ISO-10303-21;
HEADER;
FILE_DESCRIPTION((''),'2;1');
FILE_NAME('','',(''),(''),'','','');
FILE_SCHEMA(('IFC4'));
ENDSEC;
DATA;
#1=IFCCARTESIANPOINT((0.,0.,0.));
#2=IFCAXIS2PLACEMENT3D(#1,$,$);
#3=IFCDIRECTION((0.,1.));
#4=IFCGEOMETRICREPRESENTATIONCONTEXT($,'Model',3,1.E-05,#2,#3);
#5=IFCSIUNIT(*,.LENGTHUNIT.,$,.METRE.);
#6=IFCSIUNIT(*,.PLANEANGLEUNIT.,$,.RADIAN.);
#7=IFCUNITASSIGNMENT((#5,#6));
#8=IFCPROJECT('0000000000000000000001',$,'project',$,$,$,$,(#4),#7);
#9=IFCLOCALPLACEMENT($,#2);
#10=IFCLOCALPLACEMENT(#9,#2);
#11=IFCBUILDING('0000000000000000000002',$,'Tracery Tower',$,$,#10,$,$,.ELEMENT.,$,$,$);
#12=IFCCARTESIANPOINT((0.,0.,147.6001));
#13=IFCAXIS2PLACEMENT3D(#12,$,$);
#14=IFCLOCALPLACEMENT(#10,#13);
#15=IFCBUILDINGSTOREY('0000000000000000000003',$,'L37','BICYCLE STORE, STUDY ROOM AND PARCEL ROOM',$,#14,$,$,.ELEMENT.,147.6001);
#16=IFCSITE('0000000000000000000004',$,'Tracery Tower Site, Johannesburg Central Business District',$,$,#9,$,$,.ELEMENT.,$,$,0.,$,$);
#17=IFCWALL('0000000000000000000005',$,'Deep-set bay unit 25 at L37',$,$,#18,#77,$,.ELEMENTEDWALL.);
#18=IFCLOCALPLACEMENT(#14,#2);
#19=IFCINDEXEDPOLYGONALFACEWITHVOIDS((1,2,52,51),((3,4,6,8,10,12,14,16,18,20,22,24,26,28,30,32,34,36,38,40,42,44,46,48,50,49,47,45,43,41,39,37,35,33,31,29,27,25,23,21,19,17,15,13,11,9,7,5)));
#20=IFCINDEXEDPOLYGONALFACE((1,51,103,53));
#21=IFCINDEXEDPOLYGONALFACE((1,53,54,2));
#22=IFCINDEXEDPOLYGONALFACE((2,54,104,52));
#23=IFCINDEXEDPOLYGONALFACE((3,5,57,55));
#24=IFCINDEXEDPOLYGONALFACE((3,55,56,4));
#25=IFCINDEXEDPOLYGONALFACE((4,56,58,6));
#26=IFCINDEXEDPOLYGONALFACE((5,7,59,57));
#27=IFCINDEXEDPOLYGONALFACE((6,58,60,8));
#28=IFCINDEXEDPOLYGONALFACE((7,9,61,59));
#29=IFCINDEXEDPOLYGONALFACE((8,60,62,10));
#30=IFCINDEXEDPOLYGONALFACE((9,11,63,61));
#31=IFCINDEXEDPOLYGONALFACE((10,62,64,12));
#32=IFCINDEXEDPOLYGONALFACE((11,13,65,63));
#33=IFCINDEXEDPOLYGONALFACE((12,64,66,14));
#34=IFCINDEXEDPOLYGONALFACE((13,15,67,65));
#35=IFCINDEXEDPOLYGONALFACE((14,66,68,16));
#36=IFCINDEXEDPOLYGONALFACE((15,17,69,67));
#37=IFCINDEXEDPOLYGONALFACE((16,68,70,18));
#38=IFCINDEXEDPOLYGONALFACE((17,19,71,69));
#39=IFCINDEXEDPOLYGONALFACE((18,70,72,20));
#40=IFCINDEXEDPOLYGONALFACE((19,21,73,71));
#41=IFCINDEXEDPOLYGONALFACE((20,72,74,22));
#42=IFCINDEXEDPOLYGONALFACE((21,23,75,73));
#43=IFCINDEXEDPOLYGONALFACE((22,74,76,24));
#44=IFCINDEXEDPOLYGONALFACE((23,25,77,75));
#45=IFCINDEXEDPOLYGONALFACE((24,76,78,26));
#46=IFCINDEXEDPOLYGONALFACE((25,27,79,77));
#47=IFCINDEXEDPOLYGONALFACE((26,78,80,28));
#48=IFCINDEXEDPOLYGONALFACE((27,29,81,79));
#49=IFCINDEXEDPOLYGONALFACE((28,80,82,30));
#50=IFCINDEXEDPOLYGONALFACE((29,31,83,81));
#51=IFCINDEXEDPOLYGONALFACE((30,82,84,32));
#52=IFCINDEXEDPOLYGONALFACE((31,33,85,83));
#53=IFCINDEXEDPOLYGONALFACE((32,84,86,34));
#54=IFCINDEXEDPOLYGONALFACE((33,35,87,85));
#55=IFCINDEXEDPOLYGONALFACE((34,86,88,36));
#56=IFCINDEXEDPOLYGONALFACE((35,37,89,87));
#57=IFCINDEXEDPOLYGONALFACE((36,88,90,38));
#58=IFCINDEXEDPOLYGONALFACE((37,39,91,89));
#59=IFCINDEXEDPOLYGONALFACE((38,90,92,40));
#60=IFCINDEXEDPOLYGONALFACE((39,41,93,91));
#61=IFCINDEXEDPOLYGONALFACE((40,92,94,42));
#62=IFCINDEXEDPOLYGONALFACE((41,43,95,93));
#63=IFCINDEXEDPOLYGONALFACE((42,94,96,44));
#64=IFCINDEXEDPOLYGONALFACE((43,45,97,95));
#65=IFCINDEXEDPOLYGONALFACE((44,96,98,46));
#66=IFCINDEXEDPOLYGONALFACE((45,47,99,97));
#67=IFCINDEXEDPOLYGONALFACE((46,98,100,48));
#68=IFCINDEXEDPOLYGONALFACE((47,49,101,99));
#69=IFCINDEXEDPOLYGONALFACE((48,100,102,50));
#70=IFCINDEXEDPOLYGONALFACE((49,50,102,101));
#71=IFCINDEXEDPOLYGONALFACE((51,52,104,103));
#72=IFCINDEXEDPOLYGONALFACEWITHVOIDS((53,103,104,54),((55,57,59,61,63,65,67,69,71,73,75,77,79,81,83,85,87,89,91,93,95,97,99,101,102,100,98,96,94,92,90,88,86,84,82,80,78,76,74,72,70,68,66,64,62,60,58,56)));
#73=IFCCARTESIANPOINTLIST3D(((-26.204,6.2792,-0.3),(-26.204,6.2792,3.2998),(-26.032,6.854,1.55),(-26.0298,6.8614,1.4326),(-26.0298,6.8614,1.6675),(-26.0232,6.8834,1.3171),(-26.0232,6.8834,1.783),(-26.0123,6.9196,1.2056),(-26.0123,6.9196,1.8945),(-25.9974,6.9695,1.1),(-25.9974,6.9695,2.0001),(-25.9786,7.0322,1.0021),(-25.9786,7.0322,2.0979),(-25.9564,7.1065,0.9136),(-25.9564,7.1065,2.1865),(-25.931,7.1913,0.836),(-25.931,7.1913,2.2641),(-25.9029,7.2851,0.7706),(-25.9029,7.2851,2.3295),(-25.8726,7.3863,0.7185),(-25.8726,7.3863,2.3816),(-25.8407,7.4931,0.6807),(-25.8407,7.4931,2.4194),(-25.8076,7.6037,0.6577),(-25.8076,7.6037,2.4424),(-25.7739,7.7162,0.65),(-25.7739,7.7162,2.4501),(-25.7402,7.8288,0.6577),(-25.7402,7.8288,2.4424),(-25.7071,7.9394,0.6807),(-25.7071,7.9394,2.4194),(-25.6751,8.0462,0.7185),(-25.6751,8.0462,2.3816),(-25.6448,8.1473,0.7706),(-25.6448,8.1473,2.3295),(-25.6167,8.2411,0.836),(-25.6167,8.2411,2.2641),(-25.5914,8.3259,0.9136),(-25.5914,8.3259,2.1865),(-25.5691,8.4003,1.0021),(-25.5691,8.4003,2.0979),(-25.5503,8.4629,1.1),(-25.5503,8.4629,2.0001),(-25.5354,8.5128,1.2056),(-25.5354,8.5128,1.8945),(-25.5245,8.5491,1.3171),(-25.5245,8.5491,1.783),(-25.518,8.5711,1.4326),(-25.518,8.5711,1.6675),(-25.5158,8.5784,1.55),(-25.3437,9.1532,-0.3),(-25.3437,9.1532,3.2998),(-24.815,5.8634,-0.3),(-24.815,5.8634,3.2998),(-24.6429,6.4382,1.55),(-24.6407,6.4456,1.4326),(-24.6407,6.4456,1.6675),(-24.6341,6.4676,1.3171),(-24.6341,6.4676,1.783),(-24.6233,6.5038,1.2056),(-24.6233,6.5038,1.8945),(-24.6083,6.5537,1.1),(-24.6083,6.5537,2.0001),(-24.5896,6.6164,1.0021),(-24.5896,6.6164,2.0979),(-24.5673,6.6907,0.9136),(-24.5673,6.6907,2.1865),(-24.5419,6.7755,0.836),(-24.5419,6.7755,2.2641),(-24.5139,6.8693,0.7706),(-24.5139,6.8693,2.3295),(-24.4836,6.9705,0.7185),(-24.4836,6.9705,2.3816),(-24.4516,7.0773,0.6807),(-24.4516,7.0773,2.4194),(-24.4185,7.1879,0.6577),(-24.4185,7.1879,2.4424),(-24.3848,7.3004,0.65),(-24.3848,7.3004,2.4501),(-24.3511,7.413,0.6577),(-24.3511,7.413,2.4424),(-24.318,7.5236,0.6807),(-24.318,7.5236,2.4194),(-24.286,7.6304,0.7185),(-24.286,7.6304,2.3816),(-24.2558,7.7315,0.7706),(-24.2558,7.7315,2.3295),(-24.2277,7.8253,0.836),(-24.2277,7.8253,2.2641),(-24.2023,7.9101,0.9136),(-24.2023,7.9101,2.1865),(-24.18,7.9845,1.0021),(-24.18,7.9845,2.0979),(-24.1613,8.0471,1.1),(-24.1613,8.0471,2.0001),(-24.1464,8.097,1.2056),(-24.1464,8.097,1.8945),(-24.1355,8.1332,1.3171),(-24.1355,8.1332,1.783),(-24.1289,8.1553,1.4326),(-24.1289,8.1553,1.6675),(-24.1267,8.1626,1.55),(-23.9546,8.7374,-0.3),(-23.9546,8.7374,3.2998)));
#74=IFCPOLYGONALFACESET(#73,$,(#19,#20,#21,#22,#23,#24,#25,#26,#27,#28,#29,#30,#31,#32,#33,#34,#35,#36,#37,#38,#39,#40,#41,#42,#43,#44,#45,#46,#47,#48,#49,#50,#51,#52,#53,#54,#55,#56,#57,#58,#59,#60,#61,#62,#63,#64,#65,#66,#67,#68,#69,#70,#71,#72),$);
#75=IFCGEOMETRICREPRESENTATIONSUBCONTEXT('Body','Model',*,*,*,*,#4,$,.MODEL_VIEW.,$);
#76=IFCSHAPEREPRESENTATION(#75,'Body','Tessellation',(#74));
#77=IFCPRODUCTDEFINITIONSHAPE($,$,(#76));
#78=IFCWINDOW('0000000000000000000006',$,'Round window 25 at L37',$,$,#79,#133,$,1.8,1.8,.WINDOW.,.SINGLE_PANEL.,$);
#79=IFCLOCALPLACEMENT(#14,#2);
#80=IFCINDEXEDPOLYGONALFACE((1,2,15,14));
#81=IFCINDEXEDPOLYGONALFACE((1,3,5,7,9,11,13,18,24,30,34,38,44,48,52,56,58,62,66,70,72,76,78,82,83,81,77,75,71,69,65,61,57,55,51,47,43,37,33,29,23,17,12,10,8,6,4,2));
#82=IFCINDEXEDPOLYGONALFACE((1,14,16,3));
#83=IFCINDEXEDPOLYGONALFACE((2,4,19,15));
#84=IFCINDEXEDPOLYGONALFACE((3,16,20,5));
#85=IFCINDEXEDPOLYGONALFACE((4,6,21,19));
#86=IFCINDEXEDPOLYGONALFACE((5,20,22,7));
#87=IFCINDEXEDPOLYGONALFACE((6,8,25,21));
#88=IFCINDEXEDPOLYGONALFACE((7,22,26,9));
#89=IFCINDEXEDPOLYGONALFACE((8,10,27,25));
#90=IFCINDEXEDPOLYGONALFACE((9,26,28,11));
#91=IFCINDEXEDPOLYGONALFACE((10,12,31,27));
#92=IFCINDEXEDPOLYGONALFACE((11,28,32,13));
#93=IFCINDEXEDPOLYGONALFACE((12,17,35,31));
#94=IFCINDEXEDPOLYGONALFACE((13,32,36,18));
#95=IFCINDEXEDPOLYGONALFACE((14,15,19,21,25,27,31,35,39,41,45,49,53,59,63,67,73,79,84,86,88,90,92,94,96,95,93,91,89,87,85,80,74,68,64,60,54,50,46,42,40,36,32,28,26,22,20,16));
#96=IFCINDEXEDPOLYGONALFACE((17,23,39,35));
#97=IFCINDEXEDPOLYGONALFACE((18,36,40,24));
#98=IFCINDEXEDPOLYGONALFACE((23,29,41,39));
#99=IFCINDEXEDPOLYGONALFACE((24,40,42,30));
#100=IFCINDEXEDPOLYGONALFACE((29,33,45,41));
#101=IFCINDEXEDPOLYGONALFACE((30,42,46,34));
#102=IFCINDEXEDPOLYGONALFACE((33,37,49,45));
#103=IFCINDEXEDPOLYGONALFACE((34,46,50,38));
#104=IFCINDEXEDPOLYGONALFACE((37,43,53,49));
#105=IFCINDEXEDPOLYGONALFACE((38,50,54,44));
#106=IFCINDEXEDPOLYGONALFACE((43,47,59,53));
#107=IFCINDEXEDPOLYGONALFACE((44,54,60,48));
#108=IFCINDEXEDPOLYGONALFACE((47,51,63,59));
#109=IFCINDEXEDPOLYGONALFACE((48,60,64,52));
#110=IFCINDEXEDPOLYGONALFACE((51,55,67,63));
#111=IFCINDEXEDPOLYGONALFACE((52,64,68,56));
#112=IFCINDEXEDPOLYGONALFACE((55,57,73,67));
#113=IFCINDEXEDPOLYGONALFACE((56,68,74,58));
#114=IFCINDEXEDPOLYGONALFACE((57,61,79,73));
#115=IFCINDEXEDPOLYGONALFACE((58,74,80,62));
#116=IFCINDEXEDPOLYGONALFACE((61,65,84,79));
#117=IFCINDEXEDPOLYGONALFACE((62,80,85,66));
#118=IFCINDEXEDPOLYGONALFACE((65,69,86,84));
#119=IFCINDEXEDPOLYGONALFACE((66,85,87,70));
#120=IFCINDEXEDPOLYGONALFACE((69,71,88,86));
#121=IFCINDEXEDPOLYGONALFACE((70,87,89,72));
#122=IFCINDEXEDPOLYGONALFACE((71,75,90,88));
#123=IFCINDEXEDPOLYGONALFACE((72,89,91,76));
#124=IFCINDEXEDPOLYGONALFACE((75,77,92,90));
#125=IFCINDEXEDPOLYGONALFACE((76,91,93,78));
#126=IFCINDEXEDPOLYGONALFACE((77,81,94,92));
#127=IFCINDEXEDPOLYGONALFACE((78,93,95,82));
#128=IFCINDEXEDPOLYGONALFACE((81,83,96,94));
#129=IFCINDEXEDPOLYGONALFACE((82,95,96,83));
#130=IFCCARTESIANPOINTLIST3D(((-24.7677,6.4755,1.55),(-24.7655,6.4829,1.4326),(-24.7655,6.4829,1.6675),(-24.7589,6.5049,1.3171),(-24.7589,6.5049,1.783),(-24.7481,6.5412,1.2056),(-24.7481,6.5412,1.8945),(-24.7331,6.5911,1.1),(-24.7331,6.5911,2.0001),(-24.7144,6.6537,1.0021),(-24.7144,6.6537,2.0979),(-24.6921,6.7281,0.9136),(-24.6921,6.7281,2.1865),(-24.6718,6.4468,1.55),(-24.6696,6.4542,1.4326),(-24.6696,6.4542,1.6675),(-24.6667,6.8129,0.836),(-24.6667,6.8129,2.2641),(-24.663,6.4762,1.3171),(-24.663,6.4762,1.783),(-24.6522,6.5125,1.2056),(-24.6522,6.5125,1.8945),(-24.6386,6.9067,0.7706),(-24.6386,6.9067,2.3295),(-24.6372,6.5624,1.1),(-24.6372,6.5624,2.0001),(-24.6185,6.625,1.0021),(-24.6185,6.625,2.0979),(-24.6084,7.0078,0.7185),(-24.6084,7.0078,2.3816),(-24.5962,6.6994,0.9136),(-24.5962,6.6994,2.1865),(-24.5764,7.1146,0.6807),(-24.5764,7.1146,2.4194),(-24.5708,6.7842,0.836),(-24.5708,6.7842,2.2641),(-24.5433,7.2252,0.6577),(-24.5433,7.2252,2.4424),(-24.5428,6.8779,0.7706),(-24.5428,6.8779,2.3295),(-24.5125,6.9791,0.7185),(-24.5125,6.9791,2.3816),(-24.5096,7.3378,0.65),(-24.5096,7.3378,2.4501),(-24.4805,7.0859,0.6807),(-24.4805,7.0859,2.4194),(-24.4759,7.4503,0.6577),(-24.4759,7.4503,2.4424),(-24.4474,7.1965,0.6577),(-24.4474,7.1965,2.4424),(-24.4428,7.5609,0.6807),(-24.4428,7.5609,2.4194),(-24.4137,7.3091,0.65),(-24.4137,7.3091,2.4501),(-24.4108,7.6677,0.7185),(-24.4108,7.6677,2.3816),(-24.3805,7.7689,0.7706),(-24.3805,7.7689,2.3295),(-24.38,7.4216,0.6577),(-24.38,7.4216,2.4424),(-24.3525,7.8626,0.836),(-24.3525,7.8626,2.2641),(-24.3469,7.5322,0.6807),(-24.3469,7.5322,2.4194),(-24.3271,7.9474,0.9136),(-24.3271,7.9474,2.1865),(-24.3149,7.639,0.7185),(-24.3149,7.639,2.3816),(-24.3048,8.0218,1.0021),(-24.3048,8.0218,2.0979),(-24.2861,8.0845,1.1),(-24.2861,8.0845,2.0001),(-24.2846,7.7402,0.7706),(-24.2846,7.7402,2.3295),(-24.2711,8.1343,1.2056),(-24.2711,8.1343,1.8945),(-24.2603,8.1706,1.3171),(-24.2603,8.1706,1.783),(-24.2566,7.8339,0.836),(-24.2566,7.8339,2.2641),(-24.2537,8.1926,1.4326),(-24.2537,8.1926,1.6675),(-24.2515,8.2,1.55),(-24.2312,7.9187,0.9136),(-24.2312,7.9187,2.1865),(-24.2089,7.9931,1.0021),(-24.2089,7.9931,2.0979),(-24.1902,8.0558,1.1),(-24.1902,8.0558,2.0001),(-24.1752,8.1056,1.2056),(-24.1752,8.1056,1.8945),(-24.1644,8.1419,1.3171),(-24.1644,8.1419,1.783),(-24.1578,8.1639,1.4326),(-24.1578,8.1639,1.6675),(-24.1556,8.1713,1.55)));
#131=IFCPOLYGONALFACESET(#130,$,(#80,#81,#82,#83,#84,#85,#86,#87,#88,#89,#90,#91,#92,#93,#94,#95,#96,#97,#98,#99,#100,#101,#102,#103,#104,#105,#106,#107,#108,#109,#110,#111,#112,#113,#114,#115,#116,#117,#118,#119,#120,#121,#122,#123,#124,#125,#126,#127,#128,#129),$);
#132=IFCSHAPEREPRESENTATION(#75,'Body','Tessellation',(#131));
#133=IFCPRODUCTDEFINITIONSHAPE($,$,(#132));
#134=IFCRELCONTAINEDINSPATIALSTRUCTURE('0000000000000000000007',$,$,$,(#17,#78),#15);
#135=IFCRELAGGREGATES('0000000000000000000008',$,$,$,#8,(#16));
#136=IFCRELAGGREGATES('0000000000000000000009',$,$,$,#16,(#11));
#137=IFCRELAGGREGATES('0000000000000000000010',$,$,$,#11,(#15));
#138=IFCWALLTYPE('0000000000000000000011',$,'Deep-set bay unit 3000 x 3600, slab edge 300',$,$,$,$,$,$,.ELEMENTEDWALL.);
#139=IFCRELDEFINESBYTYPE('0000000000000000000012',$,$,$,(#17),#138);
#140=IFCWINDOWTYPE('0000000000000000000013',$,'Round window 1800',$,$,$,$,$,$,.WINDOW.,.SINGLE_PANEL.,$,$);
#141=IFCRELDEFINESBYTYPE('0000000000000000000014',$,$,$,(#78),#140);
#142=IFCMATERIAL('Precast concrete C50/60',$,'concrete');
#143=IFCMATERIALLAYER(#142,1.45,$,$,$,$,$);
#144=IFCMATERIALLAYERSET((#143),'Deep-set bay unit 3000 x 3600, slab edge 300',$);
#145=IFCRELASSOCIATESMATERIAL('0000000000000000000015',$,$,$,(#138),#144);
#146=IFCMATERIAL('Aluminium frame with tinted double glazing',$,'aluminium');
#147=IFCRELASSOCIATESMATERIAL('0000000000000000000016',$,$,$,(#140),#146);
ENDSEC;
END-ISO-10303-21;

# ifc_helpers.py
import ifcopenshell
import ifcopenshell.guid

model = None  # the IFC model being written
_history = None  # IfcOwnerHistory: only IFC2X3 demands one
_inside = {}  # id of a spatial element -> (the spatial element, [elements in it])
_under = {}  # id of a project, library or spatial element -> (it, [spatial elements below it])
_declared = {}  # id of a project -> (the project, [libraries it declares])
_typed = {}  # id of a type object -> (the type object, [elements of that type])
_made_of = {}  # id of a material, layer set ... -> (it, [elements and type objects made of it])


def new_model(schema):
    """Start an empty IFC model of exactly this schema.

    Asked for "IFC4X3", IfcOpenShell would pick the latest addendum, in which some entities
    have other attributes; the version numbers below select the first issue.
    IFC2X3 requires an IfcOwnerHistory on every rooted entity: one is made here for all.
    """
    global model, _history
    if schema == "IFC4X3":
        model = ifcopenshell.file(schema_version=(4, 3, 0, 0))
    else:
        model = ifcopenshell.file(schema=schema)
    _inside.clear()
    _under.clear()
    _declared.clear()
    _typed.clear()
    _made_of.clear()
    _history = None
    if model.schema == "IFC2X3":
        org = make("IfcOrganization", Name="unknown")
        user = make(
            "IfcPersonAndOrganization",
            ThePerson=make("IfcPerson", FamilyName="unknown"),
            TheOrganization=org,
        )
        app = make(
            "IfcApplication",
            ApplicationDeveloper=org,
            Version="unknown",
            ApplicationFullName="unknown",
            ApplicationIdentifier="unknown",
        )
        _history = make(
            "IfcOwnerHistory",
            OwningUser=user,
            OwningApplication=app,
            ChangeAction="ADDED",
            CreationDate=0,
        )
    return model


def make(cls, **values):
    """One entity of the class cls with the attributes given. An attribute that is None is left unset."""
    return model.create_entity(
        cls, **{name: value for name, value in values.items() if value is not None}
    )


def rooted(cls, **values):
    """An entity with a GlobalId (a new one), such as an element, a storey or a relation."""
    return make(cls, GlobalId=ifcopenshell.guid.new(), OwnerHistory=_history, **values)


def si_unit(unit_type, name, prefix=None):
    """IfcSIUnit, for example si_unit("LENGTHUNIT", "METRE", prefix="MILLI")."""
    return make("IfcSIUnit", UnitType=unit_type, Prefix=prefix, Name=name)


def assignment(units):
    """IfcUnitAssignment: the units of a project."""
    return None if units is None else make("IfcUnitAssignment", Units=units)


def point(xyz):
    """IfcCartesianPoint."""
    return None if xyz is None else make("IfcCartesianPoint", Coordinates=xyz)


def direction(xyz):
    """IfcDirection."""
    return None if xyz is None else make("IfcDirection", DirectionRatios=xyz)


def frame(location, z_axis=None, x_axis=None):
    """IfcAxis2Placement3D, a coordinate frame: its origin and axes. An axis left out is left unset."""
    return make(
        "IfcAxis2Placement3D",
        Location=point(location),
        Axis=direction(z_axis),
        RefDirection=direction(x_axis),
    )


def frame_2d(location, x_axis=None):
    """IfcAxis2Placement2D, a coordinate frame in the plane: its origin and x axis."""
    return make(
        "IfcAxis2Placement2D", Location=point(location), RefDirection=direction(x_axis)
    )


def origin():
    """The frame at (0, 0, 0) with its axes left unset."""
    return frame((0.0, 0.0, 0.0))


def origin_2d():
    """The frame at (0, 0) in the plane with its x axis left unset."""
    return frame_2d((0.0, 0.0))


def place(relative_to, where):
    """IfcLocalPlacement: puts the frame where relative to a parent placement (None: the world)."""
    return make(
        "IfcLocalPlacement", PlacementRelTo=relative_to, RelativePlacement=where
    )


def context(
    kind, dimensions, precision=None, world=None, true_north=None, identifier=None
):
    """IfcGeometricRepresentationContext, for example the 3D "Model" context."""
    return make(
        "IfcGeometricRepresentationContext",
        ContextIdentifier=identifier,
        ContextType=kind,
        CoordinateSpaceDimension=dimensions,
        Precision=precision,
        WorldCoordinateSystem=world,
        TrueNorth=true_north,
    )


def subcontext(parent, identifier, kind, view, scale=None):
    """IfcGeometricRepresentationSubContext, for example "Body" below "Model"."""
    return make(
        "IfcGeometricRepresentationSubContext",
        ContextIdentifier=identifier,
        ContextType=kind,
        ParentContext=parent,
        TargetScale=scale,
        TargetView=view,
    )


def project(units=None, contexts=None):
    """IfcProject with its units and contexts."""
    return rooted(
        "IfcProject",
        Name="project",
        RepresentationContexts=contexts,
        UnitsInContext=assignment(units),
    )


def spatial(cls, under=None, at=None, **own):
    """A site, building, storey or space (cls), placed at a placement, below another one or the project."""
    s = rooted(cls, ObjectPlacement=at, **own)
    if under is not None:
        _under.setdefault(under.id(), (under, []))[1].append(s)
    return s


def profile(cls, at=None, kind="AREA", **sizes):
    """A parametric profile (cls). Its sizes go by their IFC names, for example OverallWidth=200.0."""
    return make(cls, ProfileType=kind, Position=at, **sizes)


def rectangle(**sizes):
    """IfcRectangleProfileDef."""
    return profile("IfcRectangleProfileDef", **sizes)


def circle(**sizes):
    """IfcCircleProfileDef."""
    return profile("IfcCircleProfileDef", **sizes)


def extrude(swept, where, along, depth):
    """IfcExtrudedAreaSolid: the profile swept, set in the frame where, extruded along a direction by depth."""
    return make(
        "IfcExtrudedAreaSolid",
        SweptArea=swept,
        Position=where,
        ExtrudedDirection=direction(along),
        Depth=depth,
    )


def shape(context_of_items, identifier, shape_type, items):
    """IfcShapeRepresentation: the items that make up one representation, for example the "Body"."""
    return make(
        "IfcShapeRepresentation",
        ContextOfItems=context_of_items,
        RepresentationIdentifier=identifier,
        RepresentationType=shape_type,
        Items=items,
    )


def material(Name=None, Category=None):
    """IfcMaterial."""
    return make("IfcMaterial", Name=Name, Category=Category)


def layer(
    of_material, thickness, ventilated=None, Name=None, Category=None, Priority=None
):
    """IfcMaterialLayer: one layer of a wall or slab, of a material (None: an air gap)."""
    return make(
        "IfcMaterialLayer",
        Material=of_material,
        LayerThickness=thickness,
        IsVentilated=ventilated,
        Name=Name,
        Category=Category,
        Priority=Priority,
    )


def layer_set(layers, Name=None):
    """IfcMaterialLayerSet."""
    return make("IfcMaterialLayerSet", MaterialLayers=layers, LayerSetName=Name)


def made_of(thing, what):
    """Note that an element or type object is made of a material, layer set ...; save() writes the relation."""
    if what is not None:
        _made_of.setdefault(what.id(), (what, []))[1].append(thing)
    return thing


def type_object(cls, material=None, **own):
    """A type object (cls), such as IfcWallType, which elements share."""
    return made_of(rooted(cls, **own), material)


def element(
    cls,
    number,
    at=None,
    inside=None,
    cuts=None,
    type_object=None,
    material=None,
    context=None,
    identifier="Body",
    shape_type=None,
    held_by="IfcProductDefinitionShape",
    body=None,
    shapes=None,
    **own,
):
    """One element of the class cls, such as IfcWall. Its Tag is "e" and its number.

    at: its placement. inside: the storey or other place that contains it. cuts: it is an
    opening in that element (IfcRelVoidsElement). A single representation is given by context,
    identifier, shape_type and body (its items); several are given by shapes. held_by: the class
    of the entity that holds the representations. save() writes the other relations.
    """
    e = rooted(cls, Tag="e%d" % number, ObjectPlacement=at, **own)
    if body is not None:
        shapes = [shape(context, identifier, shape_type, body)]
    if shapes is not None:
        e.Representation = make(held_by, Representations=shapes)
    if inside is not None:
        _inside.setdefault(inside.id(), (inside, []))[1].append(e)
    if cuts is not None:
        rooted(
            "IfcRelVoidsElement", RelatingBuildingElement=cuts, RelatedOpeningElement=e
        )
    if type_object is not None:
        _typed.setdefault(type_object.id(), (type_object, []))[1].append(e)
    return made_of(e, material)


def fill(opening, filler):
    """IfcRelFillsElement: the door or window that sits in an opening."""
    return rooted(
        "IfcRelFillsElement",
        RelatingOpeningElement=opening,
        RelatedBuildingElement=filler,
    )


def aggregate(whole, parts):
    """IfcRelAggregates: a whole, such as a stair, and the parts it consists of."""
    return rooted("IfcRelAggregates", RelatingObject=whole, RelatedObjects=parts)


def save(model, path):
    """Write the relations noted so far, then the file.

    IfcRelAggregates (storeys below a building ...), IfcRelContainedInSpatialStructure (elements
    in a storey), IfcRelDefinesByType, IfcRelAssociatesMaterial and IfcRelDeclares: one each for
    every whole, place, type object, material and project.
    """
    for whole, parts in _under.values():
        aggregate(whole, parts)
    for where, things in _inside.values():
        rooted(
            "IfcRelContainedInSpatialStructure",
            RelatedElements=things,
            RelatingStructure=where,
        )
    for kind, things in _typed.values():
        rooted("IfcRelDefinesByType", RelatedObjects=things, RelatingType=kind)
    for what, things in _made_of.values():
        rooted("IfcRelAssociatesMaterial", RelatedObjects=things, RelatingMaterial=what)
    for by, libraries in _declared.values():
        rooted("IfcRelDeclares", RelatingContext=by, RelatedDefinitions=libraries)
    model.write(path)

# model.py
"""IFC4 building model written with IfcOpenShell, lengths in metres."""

from ifc_helpers import new_model, si_unit, direction, frame, frame_2d, origin, origin_2d, place, context, subcontext, project, spatial, rectangle, circle, extrude, material, layer, layer_set, type_object, element, fill, save


model = new_model("IFC4")

# Units and contexts
model_context = context("Model", 3, precision=1e-05, world=origin(), true_north=direction((0.0, 1.0)))
body_context = subcontext(model_context, "Body", "Model", "MODEL_VIEW")
ifc_project = project(units=[si_unit("LENGTHUNIT", "METRE"), si_unit("PLANEANGLEUNIT", "RADIAN")], contexts=[model_context])

# Site, building, storey
site_placement = place(None, origin())
site = spatial("IfcSite", under=ifc_project, at=site_placement, Name="Tracery Tower Site, Johannesburg Central Business District", CompositionType="ELEMENT", RefElevation=0.0)
building_placement = place(site_placement, origin())
building = spatial("IfcBuilding", under=site, at=building_placement, Name="Tracery Tower", CompositionType="ELEMENT")
storey_placement = place(building_placement, frame((0.0, 0.0, 147.6001)))
storey = spatial("IfcBuildingStorey", under=building, at=storey_placement, Name="L37", Description="BICYCLE STORE, STUDY ROOM AND PARCEL ROOM", CompositionType="ELEMENT", Elevation=147.6001)

# Wall, opening, window
ifc_material_1 = material(Name="Precast concrete C50/60", Category="concrete")
ifc_layer_1 = layer(ifc_material_1, 1.45)
ifc_layer_set_1 = layer_set([ifc_layer_1], Name="Deep-set bay unit 3000 x 3600, slab edge 300")
wall_type_1 = type_object("IfcWallType", Name="Deep-set bay unit 3000 x 3600, slab edge 300", PredefinedType="ELEMENTEDWALL", material=ifc_layer_set_1)
wall_1_placement = place(storey_placement, frame((-24.6492, 8.9453, -0.3), z_axis=(0.0, 0.0, 1.0), x_axis=(-0.28678, -0.957996, 0.0)))
wall_1 = element("IfcWall", 1, at=wall_1_placement, inside=storey, type_object=wall_type_1, Name="Deep-set bay unit 25 at L37", PredefinedType="ELEMENTEDWALL", context=body_context, shape_type="SweptSolid", body=[
    extrude(rectangle(XDim=3.0, YDim=1.45, at=frame_2d((1.5, 0.0))), origin(), (0.0, 0.0, 1.0), 3.5999),
])
opening_1_placement = place(wall_1_placement, frame((1.5, 0.0, 1.8501)))
opening_1 = element("IfcOpeningElement", 2, at=opening_1_placement, cuts=wall_1, PredefinedType="OPENING", context=body_context, shape_type="SweptSolid", body=[
    extrude(circle(Radius=0.9, at=origin_2d()), frame((0.0, 0.7349, 0.0), z_axis=(0.0, -1.0, 0.0), x_axis=(1.0, 0.0, 0.0)), (0.0, 0.0, 1.0), 1.47),
])
ifc_material_2 = material(Name="Aluminium frame with tinted double glazing", Category="aluminium")
window_type = type_object("IfcWindowType", Name="Round window 1800", PartitioningType="SINGLE_PANEL", PredefinedType="WINDOW", material=ifc_material_2)
window_1_placement = place(opening_1_placement, origin())
window_1 = element("IfcWindow", 3, at=window_1_placement, inside=storey, type_object=window_type, Name="Round window 25 at L37", OverallHeight=1.8, OverallWidth=1.8, PartitioningType="SINGLE_PANEL", PredefinedType="WINDOW", context=body_context, shape_type="SweptSolid", body=[
    extrude(circle(Radius=0.9, at=origin_2d()), frame((0.0, 0.6948, 0.0), z_axis=(0.0, -1.0, 0.0), x_axis=(1.0, 0.0, 0.0)), (0.0, 0.0, 1.0), 0.1001),
])
fill(opening_1, window_1)

save(model, "model.ifc")
